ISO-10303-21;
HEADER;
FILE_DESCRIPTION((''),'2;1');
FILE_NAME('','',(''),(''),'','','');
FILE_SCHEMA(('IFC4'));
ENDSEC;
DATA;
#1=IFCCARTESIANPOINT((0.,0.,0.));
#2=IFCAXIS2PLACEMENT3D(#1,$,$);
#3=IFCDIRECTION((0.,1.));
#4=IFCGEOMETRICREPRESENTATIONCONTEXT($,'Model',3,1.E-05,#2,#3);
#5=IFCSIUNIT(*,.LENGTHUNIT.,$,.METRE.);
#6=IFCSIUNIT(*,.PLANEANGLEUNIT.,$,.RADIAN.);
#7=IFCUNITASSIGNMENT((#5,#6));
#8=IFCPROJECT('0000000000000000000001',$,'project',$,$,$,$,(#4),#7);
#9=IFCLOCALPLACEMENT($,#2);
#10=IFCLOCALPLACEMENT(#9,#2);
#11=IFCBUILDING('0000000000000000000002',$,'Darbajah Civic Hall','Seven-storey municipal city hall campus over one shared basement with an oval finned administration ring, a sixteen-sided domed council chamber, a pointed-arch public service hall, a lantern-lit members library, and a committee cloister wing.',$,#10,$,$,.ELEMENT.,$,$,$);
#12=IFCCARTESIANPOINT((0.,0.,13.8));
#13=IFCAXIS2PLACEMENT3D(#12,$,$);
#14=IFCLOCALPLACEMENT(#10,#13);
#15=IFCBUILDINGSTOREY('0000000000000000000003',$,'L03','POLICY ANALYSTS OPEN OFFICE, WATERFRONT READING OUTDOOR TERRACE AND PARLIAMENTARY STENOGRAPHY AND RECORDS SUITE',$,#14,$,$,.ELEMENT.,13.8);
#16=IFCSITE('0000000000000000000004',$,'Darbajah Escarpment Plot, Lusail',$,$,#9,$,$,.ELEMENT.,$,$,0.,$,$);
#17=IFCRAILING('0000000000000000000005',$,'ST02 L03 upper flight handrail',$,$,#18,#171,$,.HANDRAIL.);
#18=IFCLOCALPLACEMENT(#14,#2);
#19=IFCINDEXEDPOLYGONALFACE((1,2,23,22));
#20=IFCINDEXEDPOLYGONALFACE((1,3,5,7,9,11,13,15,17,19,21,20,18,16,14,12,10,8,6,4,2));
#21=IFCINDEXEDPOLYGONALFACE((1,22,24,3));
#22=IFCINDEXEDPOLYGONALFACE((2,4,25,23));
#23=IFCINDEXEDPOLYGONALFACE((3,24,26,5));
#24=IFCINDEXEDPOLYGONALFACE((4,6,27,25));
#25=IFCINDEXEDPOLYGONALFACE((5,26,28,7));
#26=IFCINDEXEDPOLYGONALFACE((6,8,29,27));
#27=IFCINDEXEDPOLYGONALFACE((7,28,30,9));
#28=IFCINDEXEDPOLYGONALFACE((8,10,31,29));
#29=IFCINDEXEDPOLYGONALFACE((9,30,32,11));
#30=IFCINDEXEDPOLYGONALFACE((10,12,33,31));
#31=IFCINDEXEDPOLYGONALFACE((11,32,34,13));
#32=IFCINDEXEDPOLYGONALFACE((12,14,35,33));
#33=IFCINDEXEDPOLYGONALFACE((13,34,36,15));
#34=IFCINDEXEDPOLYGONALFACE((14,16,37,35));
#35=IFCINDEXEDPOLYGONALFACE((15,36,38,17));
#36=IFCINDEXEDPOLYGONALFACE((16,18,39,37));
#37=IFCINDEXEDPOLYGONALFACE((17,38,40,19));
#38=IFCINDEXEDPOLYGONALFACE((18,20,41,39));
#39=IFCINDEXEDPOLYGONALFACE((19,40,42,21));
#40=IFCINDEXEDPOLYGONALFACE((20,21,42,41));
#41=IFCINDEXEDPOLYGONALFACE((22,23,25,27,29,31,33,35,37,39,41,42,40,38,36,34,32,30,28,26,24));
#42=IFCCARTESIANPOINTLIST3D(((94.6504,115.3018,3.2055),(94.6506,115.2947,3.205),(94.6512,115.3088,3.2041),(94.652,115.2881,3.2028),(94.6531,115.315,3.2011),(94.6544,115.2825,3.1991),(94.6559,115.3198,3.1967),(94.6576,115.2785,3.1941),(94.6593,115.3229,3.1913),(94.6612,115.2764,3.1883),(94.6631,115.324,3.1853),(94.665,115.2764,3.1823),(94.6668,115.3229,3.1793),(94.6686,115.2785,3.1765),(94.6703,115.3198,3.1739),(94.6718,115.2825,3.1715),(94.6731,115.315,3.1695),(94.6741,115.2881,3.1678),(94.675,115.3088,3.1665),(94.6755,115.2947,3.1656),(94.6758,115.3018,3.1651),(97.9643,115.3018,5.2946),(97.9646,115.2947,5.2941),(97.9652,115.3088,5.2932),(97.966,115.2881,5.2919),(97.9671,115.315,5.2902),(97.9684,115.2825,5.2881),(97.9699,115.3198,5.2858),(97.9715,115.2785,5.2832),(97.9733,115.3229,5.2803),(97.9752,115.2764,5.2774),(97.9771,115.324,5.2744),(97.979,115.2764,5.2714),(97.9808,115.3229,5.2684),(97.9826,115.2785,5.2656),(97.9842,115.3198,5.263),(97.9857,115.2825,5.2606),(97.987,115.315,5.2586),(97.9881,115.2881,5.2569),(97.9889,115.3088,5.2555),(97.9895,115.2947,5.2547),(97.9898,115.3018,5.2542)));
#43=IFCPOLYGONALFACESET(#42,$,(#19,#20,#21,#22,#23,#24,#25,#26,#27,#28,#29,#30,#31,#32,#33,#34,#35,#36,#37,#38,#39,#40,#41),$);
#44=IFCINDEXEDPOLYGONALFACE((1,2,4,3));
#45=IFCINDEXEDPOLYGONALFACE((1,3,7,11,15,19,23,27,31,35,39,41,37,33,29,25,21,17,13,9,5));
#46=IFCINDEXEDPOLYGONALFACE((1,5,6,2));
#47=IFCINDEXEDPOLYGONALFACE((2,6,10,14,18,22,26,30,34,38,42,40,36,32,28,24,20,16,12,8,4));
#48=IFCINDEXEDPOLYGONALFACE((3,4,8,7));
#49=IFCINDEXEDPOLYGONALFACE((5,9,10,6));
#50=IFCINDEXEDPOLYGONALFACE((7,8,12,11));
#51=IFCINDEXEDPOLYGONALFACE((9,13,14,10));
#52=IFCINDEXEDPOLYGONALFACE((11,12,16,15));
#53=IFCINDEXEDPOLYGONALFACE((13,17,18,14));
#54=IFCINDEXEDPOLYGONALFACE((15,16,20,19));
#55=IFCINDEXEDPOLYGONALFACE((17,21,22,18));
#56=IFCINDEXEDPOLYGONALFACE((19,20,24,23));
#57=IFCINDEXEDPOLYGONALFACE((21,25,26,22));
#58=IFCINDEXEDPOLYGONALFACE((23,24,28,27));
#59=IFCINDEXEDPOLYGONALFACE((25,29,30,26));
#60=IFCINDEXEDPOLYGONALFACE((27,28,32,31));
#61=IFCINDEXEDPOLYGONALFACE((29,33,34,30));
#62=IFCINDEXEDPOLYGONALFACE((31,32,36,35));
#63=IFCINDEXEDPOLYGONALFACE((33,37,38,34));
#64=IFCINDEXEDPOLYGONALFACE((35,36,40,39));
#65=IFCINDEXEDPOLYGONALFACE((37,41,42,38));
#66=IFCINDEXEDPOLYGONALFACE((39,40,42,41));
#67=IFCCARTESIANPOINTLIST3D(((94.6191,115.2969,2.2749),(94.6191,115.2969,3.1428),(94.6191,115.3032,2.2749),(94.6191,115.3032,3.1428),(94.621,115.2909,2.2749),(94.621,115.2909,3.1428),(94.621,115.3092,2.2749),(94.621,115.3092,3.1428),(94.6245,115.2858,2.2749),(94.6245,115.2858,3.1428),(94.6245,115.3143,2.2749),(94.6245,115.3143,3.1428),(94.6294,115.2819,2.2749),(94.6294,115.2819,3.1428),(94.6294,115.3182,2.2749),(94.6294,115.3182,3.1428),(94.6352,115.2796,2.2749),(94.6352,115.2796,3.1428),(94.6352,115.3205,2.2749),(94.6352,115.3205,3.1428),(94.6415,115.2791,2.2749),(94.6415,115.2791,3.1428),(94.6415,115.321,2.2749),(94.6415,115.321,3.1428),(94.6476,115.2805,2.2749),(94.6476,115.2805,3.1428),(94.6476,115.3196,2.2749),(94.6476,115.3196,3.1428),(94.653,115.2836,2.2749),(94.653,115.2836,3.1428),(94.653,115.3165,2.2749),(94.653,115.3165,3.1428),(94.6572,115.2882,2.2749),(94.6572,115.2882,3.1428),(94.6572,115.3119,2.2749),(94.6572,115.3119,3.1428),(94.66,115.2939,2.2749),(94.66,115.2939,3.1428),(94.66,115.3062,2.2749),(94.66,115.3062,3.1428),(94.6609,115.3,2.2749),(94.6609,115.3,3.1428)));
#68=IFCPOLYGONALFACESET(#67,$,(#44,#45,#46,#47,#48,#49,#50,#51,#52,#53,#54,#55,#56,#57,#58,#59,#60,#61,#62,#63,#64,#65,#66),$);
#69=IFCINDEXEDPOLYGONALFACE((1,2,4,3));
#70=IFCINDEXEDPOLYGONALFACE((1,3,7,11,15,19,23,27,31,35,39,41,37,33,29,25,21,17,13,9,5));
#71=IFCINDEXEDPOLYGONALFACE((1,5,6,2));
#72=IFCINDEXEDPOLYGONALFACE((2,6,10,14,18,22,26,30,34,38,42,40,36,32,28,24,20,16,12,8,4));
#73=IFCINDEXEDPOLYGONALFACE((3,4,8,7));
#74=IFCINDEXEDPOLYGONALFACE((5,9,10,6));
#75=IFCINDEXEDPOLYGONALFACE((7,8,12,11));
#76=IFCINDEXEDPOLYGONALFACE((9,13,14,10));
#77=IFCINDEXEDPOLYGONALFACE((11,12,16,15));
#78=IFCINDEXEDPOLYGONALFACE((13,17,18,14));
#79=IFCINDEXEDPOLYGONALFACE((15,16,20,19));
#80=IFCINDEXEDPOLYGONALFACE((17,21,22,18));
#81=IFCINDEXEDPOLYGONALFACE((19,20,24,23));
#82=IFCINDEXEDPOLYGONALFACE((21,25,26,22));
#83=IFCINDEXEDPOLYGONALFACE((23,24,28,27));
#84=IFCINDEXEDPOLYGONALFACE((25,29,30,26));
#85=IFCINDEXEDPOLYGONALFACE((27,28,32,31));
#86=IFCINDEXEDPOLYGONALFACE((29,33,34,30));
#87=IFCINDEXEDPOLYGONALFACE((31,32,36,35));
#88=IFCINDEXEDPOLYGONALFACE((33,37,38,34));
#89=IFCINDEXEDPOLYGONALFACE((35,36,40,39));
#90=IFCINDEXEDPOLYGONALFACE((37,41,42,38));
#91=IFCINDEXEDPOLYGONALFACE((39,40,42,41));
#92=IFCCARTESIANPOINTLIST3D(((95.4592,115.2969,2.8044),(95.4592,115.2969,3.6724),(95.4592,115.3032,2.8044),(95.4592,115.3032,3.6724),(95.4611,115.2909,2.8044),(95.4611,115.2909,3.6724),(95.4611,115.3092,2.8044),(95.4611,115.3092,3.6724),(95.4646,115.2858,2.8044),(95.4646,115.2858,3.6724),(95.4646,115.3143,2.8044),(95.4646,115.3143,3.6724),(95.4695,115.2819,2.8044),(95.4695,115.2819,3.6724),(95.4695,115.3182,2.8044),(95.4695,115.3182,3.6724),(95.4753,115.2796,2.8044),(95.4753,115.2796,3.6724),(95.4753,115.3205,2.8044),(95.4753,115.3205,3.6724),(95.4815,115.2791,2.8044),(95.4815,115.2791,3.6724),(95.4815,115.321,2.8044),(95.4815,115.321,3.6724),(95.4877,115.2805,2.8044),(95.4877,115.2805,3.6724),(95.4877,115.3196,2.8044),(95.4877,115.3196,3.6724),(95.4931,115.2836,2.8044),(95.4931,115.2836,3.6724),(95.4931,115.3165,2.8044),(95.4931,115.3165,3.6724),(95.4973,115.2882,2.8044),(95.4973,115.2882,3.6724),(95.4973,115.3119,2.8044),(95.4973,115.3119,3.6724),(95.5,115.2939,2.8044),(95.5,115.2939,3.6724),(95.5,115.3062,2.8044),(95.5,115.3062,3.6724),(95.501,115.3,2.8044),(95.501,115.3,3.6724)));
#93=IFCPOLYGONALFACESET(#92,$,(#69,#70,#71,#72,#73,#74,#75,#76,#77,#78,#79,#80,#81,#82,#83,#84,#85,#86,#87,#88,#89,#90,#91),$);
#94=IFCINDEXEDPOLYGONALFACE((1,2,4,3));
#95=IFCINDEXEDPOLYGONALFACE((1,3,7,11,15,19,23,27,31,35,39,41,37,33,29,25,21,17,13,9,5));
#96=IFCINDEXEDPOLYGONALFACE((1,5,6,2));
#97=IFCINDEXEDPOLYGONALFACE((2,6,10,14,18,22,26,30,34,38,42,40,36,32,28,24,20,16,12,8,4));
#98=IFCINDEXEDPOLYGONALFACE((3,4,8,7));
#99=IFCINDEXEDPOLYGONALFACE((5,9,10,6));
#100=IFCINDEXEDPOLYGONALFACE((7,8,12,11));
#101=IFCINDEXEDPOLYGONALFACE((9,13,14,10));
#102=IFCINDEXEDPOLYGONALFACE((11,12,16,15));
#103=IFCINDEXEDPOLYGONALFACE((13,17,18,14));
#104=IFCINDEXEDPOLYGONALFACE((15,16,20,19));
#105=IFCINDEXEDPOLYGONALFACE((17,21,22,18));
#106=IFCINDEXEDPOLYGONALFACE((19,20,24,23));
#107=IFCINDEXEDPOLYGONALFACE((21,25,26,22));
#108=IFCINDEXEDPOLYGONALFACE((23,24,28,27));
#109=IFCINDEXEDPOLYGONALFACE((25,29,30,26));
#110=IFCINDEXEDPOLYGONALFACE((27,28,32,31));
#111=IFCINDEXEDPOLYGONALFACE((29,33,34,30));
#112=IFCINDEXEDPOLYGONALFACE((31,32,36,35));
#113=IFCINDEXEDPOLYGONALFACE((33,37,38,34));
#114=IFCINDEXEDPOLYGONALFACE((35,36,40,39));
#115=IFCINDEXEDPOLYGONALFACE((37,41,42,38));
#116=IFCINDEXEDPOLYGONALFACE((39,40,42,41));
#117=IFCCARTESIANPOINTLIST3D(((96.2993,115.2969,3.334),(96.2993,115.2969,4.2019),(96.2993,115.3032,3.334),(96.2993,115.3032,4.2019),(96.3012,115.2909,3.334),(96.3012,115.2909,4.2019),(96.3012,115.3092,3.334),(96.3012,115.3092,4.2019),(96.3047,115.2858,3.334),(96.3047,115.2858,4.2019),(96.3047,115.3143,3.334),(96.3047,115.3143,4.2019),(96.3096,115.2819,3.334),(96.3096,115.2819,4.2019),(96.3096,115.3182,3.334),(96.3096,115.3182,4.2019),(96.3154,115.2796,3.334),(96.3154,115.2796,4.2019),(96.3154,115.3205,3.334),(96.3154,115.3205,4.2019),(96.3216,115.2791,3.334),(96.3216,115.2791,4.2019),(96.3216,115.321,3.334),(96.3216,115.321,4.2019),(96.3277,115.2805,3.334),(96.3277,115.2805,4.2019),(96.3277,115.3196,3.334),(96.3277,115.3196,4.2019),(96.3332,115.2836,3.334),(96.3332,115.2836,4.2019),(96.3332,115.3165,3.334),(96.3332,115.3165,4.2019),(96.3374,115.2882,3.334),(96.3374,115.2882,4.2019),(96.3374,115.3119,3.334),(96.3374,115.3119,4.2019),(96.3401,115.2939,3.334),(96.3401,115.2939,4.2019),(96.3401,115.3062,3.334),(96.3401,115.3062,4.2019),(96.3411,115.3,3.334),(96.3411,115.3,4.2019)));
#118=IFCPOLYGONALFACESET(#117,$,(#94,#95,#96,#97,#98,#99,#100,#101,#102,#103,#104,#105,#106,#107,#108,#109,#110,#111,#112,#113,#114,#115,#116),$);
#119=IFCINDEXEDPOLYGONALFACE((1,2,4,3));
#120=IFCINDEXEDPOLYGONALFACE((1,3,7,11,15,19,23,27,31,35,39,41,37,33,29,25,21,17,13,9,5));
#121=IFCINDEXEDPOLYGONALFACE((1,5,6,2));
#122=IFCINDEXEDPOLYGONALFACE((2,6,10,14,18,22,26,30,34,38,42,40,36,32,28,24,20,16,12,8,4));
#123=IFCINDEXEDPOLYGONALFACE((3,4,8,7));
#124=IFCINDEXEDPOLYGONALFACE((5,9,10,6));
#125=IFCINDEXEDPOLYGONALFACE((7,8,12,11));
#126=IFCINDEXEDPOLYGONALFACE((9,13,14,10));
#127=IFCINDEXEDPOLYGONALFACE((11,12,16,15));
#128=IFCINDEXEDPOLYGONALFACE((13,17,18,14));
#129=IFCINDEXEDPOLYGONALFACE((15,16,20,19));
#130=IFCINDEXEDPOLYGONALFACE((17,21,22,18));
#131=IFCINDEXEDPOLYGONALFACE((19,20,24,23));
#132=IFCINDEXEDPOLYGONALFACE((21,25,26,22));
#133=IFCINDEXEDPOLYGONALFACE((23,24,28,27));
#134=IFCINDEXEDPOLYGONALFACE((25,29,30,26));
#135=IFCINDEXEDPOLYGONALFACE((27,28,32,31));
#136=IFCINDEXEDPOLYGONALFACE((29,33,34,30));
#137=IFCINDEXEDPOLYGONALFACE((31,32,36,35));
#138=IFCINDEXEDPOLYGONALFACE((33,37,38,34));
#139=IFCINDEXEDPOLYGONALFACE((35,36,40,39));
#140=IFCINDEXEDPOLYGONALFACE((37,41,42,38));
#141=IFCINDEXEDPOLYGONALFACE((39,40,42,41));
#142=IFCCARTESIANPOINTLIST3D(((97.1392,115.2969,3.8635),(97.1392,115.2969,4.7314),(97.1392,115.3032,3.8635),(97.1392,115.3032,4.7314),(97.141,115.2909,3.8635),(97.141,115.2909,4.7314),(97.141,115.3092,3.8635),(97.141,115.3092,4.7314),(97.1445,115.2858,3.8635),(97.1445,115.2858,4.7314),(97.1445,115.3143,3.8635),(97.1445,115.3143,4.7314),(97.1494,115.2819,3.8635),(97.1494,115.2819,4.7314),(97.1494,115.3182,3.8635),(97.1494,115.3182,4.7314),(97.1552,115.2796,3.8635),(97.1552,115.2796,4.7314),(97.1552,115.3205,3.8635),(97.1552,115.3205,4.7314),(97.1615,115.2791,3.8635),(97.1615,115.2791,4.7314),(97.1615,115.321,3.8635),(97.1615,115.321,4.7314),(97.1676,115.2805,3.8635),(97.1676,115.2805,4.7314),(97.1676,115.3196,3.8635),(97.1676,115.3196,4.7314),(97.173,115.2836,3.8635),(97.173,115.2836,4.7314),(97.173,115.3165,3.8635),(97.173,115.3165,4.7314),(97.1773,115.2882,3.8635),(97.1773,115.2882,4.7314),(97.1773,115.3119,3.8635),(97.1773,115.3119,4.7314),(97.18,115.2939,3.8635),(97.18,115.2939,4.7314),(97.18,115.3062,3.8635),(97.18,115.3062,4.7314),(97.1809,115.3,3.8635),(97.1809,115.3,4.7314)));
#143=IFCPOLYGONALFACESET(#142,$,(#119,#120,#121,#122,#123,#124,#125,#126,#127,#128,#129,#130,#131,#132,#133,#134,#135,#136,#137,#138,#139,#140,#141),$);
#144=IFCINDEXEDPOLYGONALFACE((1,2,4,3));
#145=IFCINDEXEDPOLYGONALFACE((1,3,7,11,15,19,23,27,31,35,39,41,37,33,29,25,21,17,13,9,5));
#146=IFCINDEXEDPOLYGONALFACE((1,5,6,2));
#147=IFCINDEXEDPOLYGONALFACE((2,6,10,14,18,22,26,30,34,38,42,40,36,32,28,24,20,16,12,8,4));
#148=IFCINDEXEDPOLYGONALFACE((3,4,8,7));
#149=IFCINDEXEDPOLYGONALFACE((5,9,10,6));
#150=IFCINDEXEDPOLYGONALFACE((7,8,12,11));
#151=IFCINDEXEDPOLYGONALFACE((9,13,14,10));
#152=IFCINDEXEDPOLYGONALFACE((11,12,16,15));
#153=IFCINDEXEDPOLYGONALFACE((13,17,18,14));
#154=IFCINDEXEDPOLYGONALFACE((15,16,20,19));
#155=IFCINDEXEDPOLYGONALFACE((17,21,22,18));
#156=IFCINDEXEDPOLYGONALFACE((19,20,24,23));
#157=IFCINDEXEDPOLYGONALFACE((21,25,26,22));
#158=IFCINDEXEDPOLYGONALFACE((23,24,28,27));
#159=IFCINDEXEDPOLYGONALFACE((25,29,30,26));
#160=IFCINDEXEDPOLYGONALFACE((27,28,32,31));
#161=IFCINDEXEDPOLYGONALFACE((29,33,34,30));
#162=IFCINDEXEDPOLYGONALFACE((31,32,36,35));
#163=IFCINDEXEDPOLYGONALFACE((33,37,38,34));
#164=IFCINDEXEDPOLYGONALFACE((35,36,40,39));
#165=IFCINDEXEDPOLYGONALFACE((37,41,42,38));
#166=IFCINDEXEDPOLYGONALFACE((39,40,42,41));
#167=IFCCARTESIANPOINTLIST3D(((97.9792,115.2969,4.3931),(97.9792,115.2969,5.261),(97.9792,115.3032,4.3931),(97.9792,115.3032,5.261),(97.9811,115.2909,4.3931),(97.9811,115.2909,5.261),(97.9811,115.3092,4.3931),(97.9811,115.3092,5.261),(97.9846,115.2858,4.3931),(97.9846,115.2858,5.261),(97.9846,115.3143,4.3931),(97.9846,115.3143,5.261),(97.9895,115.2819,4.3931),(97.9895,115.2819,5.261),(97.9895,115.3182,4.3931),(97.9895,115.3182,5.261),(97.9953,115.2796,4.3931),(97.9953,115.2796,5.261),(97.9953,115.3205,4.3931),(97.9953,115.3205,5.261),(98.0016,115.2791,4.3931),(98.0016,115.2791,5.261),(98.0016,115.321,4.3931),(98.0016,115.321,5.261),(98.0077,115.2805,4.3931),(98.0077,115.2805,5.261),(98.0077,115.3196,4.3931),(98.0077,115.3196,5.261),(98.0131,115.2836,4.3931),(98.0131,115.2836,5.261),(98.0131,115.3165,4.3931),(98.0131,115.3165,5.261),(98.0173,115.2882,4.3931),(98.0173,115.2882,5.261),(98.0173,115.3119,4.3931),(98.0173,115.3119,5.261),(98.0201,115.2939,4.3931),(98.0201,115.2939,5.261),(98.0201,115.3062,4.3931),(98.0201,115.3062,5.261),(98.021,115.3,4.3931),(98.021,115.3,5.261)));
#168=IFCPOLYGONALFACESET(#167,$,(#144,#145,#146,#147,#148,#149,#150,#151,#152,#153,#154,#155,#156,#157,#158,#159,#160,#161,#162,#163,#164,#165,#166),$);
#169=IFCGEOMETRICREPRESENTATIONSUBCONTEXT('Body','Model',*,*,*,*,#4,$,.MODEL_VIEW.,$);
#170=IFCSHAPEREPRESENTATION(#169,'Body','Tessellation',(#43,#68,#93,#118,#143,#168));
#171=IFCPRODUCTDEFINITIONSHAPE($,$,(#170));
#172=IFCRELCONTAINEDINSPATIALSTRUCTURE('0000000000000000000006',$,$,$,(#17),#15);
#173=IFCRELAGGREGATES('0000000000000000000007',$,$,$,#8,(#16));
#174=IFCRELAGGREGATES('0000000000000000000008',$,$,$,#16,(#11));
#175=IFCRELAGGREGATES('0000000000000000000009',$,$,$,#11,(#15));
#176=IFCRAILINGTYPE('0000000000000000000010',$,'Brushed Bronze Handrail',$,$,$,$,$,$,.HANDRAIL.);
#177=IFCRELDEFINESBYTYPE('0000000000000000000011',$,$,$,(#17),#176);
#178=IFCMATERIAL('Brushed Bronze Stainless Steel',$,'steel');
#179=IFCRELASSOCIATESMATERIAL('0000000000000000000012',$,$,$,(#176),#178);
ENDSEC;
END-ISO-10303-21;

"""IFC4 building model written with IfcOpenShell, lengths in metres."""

from ifc_helpers import new_model, si_unit, direction, frame, origin, origin_2d, place, context, subcontext, project, spatial, circle, extrude, material, type_object, element, save


model = new_model("IFC4")

# Units and contexts
model_context = context("Model", 3, precision=1e-05, world=origin(), true_north=direction((0.0, 1.0)))
body_context = subcontext(model_context, "Body", "Model", "MODEL_VIEW")
ifc_project = project(units=[si_unit("LENGTHUNIT", "METRE"), si_unit("PLANEANGLEUNIT", "RADIAN")], contexts=[model_context])

# Site, building, storey
site_placement = place(None, origin())
site = spatial("IfcSite", under=ifc_project, at=site_placement, Name="Darbajah Escarpment Plot, Lusail", CompositionType="ELEMENT", RefElevation=0.0)
building_placement = place(site_placement, origin())
building = spatial("IfcBuilding", under=site, at=building_placement, Name="Darbajah Civic Hall", Description="Seven-storey municipal city hall campus over one shared basement with an oval finned administration ring, a sixteen-sided domed council chamber, a pointed-arch public service hall, a lantern-lit members library, and a committee cloister wing.", CompositionType="ELEMENT")
storey_placement = place(building_placement, frame((0.0, 0.0, 13.8)))
storey = spatial("IfcBuildingStorey", under=building, at=storey_placement, Name="L03", Description="POLICY ANALYSTS OPEN OFFICE, WATERFRONT READING OUTDOOR TERRACE AND PARLIAMENTARY STENOGRAPHY AND RECORDS SUITE", CompositionType="ELEMENT", Elevation=13.8)

# Railing
ifc_material_1 = material(Name="Brushed Bronze Stainless Steel", Category="steel")
railing_type_1 = type_object("IfcRailingType", Name="Brushed Bronze Handrail", PredefinedType="HANDRAIL", material=ifc_material_1)
railing_1_placement = place(storey_placement, frame((94.6399, 115.3, 2.2749)))
element("IfcRailing", 1, at=railing_1_placement, inside=storey, type_object=railing_type_1, Name="ST02 L03 upper flight handrail", PredefinedType="HANDRAIL", context=body_context, shape_type="SweptSolid", body=[
    extrude(circle(Radius=0.0239, at=origin_2d()), frame((0.0232, 0.0, 0.9104), z_axis=(0.845944, 0.0, 0.533271), x_axis=(0.0, 1.0, 0.0)), (0.0, 0.0, 1.0), 3.9175),
    extrude(circle(Radius=0.021, at=origin_2d()), origin(), (0.0, 0.0, 1.0), 0.8679),
    extrude(circle(Radius=0.021, at=origin_2d()), frame((0.8401, 0.0, 0.5295)), (0.0, 0.0, 1.0), 0.8679),
    extrude(circle(Radius=0.021, at=origin_2d()), frame((1.6802, 0.0, 1.0591)), (0.0, 0.0, 1.0), 0.8679),
    extrude(circle(Radius=0.021, at=origin_2d()), frame((2.52, 0.0, 1.5886)), (0.0, 0.0, 1.0), 0.8679),
    extrude(circle(Radius=0.021, at=origin_2d()), frame((3.3601, 0.0, 2.1182)), (0.0, 0.0, 1.0), 0.8679),
])

save(model, "model.ifc")
